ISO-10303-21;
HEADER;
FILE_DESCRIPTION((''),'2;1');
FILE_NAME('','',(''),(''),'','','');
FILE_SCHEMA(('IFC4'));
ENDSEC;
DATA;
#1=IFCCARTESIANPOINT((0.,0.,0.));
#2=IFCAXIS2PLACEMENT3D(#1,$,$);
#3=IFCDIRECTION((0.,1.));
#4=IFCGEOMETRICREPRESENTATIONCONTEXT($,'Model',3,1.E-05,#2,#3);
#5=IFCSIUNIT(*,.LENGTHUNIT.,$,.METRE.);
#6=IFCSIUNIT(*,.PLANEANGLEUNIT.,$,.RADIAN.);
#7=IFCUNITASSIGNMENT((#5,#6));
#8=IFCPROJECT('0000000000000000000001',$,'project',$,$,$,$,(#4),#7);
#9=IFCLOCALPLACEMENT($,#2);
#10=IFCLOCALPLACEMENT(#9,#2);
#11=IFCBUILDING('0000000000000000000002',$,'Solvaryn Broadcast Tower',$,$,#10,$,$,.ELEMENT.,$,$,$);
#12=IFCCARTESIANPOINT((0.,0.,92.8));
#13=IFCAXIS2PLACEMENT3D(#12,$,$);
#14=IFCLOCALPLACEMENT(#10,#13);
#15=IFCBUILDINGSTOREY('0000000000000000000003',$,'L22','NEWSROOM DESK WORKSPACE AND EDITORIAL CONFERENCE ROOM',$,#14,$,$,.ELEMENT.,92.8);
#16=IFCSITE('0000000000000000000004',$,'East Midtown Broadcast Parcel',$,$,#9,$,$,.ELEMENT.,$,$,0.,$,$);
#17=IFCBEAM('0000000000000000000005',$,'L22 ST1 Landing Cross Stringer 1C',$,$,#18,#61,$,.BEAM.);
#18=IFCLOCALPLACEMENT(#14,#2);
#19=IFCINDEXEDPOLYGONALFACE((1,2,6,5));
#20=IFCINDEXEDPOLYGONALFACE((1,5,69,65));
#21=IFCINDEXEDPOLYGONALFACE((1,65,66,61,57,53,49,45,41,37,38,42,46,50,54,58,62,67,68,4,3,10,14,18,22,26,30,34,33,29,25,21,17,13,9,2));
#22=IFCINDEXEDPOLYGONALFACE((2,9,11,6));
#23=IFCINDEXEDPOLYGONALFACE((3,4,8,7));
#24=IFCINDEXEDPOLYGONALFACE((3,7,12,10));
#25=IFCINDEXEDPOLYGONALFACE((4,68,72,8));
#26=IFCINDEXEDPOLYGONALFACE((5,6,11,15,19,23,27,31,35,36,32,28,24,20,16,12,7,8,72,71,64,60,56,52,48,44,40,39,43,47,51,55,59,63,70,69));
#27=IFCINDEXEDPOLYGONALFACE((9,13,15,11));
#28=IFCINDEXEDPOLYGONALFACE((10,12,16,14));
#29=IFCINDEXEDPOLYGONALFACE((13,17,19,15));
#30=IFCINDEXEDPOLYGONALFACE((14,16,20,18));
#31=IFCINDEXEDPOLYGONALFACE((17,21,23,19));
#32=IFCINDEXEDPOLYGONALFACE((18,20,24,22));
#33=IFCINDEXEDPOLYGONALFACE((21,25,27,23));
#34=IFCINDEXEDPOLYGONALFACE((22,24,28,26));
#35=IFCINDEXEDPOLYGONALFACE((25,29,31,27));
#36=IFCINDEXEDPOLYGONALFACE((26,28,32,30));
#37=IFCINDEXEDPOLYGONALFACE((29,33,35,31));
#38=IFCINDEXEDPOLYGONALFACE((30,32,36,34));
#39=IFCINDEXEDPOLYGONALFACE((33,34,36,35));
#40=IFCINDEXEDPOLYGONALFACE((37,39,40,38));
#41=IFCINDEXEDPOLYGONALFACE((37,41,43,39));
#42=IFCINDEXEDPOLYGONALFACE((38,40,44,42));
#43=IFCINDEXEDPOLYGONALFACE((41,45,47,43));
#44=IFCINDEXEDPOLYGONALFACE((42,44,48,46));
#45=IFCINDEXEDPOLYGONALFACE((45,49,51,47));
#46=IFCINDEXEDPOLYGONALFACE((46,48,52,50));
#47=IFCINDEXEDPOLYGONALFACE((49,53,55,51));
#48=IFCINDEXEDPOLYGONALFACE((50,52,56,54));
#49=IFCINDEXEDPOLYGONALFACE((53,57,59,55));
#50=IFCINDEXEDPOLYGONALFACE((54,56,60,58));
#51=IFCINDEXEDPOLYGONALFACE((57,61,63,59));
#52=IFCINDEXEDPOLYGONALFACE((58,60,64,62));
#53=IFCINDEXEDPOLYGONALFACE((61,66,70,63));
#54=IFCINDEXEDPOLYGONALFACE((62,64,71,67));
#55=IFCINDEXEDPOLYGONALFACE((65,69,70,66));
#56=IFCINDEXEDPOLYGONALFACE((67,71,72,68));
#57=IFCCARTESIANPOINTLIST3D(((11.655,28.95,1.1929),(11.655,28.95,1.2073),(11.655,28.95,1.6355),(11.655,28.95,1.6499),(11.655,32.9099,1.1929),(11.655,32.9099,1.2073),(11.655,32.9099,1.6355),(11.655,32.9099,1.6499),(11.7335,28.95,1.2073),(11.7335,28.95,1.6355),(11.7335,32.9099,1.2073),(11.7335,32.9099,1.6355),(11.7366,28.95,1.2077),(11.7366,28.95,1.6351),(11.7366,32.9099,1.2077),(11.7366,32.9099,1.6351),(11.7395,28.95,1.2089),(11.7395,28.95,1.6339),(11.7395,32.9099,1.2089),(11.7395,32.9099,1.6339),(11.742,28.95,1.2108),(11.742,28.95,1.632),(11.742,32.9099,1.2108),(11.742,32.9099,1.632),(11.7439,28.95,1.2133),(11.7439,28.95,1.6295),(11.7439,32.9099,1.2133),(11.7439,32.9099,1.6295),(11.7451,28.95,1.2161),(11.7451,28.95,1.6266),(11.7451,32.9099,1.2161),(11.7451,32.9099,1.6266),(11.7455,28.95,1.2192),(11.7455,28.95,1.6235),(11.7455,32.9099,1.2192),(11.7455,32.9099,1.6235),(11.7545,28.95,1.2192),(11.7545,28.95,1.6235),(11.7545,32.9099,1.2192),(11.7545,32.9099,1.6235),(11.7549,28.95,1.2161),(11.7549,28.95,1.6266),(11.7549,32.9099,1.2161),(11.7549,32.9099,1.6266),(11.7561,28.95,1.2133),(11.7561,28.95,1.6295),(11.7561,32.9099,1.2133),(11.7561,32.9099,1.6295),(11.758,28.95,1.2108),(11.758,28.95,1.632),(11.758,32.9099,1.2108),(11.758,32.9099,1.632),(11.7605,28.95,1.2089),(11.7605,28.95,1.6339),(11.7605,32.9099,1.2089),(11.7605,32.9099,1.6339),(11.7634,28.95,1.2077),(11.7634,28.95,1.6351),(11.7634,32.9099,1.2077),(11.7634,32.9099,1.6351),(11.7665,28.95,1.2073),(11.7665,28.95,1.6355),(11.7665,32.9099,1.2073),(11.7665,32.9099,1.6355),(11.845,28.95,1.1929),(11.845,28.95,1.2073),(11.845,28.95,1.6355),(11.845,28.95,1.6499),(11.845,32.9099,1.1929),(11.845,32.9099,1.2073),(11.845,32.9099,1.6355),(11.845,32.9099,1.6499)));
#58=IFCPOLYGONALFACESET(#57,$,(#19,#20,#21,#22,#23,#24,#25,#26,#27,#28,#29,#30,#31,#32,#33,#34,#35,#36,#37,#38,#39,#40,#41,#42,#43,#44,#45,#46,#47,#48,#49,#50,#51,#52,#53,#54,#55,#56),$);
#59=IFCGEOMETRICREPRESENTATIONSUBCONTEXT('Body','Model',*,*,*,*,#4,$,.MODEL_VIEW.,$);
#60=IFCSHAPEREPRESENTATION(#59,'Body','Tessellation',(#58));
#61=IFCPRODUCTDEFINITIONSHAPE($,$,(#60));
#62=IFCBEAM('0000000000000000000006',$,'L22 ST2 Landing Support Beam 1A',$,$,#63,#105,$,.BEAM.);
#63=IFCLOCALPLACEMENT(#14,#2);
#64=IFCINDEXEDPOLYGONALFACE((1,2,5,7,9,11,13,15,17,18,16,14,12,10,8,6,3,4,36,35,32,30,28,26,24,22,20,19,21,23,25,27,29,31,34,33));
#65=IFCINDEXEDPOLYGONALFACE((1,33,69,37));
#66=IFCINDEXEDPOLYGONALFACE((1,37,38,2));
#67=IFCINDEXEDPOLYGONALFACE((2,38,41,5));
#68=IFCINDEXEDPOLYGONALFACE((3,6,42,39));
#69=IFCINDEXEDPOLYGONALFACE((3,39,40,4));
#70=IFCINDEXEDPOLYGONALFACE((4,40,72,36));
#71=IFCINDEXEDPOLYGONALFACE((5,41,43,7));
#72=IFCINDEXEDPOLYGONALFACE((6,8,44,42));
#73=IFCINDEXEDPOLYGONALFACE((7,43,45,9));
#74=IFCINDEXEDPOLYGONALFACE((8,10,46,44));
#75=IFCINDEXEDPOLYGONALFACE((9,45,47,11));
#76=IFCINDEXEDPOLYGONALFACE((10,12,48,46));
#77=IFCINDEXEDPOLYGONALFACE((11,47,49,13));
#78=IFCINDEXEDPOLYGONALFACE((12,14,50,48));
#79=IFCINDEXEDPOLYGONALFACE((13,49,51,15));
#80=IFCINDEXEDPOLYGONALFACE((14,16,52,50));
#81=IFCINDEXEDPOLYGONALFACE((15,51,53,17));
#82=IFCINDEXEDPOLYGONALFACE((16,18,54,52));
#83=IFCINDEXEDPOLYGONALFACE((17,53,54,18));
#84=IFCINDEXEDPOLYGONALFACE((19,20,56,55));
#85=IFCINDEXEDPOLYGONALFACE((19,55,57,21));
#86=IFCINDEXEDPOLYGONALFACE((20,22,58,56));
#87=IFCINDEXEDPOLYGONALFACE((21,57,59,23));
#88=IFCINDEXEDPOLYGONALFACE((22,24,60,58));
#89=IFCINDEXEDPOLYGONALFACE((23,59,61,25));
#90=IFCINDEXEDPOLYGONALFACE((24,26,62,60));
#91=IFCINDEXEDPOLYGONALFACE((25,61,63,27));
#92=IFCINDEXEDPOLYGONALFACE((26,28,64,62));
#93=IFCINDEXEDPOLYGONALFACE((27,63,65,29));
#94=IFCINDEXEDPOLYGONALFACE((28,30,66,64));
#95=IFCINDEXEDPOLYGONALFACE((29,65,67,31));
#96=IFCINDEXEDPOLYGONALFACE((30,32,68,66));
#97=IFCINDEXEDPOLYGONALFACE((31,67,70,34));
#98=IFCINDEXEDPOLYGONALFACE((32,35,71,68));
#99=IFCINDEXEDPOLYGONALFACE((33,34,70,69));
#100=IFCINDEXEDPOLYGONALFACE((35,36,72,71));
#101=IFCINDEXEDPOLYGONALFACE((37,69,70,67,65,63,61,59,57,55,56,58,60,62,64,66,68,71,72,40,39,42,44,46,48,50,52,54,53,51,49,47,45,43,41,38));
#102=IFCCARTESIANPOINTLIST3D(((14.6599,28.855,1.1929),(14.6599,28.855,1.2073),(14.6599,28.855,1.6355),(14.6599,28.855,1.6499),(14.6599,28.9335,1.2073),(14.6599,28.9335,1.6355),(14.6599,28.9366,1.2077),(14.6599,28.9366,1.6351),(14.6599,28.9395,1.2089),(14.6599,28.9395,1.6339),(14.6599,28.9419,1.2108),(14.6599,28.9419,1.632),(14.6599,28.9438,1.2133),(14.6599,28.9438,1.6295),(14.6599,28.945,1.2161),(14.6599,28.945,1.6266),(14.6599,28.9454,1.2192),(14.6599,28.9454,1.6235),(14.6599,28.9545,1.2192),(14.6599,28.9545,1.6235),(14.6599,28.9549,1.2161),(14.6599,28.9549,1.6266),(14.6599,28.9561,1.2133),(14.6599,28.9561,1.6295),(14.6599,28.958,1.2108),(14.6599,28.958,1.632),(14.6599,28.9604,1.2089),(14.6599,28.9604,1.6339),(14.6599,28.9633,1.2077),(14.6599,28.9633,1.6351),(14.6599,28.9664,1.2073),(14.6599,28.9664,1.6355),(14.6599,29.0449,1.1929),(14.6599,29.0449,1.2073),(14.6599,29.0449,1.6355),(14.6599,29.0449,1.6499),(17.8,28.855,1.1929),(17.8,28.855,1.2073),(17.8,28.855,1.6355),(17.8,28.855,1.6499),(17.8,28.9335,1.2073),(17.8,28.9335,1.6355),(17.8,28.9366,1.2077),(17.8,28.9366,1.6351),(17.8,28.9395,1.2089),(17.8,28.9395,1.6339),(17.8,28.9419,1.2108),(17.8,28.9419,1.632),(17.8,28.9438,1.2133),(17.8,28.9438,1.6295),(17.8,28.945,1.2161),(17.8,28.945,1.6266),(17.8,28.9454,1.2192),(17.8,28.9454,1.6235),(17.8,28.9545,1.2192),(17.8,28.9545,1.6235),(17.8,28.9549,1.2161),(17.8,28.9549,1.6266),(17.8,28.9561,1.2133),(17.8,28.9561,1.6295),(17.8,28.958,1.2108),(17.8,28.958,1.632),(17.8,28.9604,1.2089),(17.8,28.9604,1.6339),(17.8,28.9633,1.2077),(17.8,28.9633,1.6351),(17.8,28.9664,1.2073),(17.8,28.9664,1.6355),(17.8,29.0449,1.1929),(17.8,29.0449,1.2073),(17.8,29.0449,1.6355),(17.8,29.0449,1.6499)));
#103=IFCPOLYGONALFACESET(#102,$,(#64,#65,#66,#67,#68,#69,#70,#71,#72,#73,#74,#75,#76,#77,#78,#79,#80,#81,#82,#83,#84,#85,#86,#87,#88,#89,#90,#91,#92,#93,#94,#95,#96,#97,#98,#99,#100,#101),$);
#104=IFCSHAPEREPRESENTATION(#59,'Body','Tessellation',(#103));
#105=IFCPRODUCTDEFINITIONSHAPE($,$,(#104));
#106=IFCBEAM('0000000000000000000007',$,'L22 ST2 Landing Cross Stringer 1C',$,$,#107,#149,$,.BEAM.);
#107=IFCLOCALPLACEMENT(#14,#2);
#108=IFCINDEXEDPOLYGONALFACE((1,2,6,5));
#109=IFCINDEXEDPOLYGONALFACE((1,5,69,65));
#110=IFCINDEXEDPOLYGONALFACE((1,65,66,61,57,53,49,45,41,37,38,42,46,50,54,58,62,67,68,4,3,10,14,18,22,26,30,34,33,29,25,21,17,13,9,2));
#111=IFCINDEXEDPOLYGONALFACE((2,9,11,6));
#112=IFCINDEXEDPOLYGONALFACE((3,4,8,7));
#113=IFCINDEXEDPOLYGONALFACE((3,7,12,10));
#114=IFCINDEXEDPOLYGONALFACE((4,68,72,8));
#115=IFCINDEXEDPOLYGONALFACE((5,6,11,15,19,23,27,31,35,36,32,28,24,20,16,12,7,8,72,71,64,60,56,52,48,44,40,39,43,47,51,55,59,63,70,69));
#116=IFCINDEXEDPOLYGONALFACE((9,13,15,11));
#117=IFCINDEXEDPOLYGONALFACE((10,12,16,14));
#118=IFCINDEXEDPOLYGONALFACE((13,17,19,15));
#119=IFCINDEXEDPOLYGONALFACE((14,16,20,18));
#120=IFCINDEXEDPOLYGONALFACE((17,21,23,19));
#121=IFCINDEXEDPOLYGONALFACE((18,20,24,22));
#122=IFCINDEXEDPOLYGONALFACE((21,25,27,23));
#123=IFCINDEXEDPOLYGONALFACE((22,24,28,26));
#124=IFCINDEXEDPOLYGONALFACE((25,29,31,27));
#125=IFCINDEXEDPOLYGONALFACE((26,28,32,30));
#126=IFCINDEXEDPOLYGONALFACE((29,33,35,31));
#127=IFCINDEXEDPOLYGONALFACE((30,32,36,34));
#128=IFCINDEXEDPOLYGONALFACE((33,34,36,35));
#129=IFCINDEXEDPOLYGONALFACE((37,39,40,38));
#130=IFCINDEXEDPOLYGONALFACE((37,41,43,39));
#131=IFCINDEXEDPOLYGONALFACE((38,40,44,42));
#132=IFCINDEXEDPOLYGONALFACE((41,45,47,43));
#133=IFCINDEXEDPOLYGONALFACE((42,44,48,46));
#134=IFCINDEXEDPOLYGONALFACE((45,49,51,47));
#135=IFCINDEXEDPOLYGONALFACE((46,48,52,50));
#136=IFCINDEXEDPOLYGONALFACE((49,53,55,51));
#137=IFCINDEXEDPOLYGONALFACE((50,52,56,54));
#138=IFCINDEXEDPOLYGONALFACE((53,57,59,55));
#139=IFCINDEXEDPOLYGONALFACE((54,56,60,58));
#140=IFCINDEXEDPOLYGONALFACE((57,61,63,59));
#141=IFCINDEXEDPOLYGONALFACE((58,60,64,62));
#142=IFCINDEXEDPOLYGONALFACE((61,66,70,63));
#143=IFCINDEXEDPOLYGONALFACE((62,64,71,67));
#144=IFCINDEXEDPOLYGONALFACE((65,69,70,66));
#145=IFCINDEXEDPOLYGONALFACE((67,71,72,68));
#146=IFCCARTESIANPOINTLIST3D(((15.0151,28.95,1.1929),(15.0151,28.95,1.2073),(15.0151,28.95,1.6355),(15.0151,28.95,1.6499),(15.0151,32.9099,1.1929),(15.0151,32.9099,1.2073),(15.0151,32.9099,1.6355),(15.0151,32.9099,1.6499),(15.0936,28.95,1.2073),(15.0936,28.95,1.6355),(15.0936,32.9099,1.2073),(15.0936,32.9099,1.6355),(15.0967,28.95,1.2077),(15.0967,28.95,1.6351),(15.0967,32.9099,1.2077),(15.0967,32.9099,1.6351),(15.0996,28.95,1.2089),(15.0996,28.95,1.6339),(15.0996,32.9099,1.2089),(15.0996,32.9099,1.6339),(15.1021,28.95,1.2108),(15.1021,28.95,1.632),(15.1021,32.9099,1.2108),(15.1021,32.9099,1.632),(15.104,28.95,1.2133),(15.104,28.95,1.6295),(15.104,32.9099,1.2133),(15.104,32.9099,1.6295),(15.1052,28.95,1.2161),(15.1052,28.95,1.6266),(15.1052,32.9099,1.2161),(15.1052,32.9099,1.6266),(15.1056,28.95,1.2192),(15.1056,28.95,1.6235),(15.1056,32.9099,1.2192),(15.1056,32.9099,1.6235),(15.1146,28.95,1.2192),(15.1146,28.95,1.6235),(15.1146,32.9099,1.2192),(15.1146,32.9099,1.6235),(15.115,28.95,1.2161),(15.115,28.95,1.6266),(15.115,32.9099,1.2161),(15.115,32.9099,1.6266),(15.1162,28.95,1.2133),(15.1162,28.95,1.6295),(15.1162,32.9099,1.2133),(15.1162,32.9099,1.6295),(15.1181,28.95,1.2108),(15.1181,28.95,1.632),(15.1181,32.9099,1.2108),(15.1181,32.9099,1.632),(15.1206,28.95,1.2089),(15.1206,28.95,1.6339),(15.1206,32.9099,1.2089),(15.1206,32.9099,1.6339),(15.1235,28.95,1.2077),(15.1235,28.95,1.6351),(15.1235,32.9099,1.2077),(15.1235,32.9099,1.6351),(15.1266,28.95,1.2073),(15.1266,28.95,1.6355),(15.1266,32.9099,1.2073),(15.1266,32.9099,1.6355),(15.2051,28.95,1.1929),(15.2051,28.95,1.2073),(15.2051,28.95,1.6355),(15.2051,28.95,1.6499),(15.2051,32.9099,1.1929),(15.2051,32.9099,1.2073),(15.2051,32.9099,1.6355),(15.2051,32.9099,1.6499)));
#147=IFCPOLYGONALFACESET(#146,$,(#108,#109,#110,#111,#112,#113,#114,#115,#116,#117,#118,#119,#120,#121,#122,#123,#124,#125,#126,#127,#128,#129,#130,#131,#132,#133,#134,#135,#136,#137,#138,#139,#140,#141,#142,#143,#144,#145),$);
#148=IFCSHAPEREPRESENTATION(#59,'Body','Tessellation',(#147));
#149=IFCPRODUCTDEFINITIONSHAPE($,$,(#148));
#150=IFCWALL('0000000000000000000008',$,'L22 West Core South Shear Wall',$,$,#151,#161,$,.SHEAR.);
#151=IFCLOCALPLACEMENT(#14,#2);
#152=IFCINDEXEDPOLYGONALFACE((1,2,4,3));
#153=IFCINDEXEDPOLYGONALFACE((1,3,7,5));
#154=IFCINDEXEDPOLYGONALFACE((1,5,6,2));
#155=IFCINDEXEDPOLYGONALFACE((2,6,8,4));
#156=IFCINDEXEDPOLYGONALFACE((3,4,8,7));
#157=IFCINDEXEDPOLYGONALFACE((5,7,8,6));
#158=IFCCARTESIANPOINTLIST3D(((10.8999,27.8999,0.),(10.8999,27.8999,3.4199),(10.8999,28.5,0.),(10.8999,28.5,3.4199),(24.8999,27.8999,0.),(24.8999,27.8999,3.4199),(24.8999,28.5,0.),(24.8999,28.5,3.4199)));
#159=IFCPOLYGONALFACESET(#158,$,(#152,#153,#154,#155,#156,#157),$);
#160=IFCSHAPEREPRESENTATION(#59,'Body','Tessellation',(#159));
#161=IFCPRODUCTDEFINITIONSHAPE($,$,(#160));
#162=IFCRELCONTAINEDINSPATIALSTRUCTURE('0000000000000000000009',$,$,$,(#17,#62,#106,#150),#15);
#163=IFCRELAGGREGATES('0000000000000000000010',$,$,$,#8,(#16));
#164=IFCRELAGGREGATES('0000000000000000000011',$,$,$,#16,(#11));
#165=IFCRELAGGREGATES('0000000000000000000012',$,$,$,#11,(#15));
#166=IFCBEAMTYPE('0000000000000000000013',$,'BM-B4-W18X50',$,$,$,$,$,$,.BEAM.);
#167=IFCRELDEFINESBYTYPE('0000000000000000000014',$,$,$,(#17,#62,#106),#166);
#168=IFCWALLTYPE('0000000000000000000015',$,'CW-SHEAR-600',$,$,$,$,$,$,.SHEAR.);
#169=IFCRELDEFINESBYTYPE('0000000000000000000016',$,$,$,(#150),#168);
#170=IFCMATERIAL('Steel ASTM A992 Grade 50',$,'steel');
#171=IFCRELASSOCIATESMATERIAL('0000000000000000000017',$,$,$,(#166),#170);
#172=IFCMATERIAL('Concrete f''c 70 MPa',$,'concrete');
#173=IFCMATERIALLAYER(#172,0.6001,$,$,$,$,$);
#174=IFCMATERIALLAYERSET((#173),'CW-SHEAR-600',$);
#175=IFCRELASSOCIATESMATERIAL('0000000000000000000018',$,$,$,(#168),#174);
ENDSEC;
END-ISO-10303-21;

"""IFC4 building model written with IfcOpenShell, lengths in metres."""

from ifc_helpers import new_model, si_unit, direction, frame, frame_2d, origin, origin_2d, place, context, subcontext, project, spatial, rectangle, i_section, extrude, material, layer, layer_set, material_profile, profile_set, type_object, element, save


model = new_model("IFC4")

# Units and contexts
model_context = context("Model", 3, precision=1e-05, world=origin(), true_north=direction((0.0, 1.0)))
body_context = subcontext(model_context, "Body", "Model", "MODEL_VIEW")
ifc_project = project(units=[si_unit("LENGTHUNIT", "METRE"), si_unit("PLANEANGLEUNIT", "RADIAN")], contexts=[model_context])

# Site, building, storey
site_placement = place(None, origin())
site = spatial("IfcSite", under=ifc_project, at=site_placement, Name="East Midtown Broadcast Parcel", CompositionType="ELEMENT", RefElevation=0.0)
building_placement = place(site_placement, origin())
building = spatial("IfcBuilding", under=site, at=building_placement, Name="Solvaryn Broadcast Tower", CompositionType="ELEMENT")
storey_placement = place(building_placement, frame((0.0, 0.0, 92.8)))
storey = spatial("IfcBuildingStorey", under=building, at=storey_placement, Name="L22", Description="NEWSROOM DESK WORKSPACE AND EDITORIAL CONFERENCE ROOM", CompositionType="ELEMENT", Elevation=92.8)

# Beams
ifc_material_1 = material(Name="Steel ASTM A992 Grade 50", Category="steel")
ifc_material_profile_1 = material_profile(ifc_material_1, i_section(OverallWidth=0.1899, OverallDepth=0.457, WebThickness=0.009, FlangeThickness=0.0144, FilletRadius=0.012, at=origin_2d()))
ifc_profile_set_1 = profile_set([ifc_material_profile_1], Name="Steel ASTM A992 Grade 50")
beam_type_1 = type_object("IfcBeamType", Name="BM-B4-W18X50", PredefinedType="BEAM", material=ifc_profile_set_1)
beam_1_placement = place(storey_placement, frame((11.75, 28.95, 1.4214), z_axis=(0.0, 1.0, 0.0), x_axis=(-1.0, 0.0, 0.0)))
element("IfcBeam", 1, at=beam_1_placement, inside=storey, type_object=beam_type_1, Name="L22 ST1 Landing Cross Stringer 1C", PredefinedType="BEAM", context=body_context, shape_type="SweptSolid", body=[
    extrude(i_section(OverallWidth=0.1899, OverallDepth=0.457, WebThickness=0.009, FlangeThickness=0.0144, FilletRadius=0.012, at=origin_2d()), origin(), (0.0, 0.0, 1.0), 3.96),
])
beam_2_placement = place(storey_placement, frame((14.6599, 28.95, 1.4214), z_axis=(1.0, 0.0, 0.0), x_axis=(0.0, 1.0, 0.0)))
element("IfcBeam", 2, at=beam_2_placement, inside=storey, type_object=beam_type_1, Name="L22 ST2 Landing Support Beam 1A", PredefinedType="BEAM", context=body_context, shape_type="SweptSolid", body=[
    extrude(i_section(OverallWidth=0.1899, OverallDepth=0.457, WebThickness=0.009, FlangeThickness=0.0144, FilletRadius=0.012, at=origin_2d()), origin(), (0.0, 0.0, 1.0), 3.1401),
])
beam_3_placement = place(storey_placement, frame((15.1101, 28.95, 1.4214), z_axis=(0.0, 1.0, 0.0), x_axis=(-1.0, 0.0, 0.0)))
element("IfcBeam", 3, at=beam_3_placement, inside=storey, type_object=beam_type_1, Name="L22 ST2 Landing Cross Stringer 1C", PredefinedType="BEAM", context=body_context, shape_type="SweptSolid", body=[
    extrude(i_section(OverallWidth=0.1899, OverallDepth=0.457, WebThickness=0.009, FlangeThickness=0.0144, FilletRadius=0.012, at=origin_2d()), origin(), (0.0, 0.0, 1.0), 3.96),
])

# Wall
ifc_material_2 = material(Name="Concrete f'c 70 MPa", Category="concrete")
ifc_layer_1 = layer(ifc_material_2, 0.6001)
ifc_layer_set_1 = layer_set([ifc_layer_1], Name="CW-SHEAR-600")
wall_type_1 = type_object("IfcWallType", Name="CW-SHEAR-600", PredefinedType="SHEAR", material=ifc_layer_set_1)
wall_1_placement = place(storey_placement, frame((10.8999, 28.2, 0.0), z_axis=(0.0, 0.0, 1.0), x_axis=(1.0, 0.0, 0.0)))
element("IfcWall", 4, at=wall_1_placement, inside=storey, type_object=wall_type_1, Name="L22 West Core South Shear Wall", PredefinedType="SHEAR", context=body_context, shape_type="SweptSolid", body=[
    extrude(rectangle(XDim=14.0, YDim=0.6001, at=frame_2d((7.0, 0.0))), origin(), (0.0, 0.0, 1.0), 3.4199),
])

save(model, "model.ifc")
